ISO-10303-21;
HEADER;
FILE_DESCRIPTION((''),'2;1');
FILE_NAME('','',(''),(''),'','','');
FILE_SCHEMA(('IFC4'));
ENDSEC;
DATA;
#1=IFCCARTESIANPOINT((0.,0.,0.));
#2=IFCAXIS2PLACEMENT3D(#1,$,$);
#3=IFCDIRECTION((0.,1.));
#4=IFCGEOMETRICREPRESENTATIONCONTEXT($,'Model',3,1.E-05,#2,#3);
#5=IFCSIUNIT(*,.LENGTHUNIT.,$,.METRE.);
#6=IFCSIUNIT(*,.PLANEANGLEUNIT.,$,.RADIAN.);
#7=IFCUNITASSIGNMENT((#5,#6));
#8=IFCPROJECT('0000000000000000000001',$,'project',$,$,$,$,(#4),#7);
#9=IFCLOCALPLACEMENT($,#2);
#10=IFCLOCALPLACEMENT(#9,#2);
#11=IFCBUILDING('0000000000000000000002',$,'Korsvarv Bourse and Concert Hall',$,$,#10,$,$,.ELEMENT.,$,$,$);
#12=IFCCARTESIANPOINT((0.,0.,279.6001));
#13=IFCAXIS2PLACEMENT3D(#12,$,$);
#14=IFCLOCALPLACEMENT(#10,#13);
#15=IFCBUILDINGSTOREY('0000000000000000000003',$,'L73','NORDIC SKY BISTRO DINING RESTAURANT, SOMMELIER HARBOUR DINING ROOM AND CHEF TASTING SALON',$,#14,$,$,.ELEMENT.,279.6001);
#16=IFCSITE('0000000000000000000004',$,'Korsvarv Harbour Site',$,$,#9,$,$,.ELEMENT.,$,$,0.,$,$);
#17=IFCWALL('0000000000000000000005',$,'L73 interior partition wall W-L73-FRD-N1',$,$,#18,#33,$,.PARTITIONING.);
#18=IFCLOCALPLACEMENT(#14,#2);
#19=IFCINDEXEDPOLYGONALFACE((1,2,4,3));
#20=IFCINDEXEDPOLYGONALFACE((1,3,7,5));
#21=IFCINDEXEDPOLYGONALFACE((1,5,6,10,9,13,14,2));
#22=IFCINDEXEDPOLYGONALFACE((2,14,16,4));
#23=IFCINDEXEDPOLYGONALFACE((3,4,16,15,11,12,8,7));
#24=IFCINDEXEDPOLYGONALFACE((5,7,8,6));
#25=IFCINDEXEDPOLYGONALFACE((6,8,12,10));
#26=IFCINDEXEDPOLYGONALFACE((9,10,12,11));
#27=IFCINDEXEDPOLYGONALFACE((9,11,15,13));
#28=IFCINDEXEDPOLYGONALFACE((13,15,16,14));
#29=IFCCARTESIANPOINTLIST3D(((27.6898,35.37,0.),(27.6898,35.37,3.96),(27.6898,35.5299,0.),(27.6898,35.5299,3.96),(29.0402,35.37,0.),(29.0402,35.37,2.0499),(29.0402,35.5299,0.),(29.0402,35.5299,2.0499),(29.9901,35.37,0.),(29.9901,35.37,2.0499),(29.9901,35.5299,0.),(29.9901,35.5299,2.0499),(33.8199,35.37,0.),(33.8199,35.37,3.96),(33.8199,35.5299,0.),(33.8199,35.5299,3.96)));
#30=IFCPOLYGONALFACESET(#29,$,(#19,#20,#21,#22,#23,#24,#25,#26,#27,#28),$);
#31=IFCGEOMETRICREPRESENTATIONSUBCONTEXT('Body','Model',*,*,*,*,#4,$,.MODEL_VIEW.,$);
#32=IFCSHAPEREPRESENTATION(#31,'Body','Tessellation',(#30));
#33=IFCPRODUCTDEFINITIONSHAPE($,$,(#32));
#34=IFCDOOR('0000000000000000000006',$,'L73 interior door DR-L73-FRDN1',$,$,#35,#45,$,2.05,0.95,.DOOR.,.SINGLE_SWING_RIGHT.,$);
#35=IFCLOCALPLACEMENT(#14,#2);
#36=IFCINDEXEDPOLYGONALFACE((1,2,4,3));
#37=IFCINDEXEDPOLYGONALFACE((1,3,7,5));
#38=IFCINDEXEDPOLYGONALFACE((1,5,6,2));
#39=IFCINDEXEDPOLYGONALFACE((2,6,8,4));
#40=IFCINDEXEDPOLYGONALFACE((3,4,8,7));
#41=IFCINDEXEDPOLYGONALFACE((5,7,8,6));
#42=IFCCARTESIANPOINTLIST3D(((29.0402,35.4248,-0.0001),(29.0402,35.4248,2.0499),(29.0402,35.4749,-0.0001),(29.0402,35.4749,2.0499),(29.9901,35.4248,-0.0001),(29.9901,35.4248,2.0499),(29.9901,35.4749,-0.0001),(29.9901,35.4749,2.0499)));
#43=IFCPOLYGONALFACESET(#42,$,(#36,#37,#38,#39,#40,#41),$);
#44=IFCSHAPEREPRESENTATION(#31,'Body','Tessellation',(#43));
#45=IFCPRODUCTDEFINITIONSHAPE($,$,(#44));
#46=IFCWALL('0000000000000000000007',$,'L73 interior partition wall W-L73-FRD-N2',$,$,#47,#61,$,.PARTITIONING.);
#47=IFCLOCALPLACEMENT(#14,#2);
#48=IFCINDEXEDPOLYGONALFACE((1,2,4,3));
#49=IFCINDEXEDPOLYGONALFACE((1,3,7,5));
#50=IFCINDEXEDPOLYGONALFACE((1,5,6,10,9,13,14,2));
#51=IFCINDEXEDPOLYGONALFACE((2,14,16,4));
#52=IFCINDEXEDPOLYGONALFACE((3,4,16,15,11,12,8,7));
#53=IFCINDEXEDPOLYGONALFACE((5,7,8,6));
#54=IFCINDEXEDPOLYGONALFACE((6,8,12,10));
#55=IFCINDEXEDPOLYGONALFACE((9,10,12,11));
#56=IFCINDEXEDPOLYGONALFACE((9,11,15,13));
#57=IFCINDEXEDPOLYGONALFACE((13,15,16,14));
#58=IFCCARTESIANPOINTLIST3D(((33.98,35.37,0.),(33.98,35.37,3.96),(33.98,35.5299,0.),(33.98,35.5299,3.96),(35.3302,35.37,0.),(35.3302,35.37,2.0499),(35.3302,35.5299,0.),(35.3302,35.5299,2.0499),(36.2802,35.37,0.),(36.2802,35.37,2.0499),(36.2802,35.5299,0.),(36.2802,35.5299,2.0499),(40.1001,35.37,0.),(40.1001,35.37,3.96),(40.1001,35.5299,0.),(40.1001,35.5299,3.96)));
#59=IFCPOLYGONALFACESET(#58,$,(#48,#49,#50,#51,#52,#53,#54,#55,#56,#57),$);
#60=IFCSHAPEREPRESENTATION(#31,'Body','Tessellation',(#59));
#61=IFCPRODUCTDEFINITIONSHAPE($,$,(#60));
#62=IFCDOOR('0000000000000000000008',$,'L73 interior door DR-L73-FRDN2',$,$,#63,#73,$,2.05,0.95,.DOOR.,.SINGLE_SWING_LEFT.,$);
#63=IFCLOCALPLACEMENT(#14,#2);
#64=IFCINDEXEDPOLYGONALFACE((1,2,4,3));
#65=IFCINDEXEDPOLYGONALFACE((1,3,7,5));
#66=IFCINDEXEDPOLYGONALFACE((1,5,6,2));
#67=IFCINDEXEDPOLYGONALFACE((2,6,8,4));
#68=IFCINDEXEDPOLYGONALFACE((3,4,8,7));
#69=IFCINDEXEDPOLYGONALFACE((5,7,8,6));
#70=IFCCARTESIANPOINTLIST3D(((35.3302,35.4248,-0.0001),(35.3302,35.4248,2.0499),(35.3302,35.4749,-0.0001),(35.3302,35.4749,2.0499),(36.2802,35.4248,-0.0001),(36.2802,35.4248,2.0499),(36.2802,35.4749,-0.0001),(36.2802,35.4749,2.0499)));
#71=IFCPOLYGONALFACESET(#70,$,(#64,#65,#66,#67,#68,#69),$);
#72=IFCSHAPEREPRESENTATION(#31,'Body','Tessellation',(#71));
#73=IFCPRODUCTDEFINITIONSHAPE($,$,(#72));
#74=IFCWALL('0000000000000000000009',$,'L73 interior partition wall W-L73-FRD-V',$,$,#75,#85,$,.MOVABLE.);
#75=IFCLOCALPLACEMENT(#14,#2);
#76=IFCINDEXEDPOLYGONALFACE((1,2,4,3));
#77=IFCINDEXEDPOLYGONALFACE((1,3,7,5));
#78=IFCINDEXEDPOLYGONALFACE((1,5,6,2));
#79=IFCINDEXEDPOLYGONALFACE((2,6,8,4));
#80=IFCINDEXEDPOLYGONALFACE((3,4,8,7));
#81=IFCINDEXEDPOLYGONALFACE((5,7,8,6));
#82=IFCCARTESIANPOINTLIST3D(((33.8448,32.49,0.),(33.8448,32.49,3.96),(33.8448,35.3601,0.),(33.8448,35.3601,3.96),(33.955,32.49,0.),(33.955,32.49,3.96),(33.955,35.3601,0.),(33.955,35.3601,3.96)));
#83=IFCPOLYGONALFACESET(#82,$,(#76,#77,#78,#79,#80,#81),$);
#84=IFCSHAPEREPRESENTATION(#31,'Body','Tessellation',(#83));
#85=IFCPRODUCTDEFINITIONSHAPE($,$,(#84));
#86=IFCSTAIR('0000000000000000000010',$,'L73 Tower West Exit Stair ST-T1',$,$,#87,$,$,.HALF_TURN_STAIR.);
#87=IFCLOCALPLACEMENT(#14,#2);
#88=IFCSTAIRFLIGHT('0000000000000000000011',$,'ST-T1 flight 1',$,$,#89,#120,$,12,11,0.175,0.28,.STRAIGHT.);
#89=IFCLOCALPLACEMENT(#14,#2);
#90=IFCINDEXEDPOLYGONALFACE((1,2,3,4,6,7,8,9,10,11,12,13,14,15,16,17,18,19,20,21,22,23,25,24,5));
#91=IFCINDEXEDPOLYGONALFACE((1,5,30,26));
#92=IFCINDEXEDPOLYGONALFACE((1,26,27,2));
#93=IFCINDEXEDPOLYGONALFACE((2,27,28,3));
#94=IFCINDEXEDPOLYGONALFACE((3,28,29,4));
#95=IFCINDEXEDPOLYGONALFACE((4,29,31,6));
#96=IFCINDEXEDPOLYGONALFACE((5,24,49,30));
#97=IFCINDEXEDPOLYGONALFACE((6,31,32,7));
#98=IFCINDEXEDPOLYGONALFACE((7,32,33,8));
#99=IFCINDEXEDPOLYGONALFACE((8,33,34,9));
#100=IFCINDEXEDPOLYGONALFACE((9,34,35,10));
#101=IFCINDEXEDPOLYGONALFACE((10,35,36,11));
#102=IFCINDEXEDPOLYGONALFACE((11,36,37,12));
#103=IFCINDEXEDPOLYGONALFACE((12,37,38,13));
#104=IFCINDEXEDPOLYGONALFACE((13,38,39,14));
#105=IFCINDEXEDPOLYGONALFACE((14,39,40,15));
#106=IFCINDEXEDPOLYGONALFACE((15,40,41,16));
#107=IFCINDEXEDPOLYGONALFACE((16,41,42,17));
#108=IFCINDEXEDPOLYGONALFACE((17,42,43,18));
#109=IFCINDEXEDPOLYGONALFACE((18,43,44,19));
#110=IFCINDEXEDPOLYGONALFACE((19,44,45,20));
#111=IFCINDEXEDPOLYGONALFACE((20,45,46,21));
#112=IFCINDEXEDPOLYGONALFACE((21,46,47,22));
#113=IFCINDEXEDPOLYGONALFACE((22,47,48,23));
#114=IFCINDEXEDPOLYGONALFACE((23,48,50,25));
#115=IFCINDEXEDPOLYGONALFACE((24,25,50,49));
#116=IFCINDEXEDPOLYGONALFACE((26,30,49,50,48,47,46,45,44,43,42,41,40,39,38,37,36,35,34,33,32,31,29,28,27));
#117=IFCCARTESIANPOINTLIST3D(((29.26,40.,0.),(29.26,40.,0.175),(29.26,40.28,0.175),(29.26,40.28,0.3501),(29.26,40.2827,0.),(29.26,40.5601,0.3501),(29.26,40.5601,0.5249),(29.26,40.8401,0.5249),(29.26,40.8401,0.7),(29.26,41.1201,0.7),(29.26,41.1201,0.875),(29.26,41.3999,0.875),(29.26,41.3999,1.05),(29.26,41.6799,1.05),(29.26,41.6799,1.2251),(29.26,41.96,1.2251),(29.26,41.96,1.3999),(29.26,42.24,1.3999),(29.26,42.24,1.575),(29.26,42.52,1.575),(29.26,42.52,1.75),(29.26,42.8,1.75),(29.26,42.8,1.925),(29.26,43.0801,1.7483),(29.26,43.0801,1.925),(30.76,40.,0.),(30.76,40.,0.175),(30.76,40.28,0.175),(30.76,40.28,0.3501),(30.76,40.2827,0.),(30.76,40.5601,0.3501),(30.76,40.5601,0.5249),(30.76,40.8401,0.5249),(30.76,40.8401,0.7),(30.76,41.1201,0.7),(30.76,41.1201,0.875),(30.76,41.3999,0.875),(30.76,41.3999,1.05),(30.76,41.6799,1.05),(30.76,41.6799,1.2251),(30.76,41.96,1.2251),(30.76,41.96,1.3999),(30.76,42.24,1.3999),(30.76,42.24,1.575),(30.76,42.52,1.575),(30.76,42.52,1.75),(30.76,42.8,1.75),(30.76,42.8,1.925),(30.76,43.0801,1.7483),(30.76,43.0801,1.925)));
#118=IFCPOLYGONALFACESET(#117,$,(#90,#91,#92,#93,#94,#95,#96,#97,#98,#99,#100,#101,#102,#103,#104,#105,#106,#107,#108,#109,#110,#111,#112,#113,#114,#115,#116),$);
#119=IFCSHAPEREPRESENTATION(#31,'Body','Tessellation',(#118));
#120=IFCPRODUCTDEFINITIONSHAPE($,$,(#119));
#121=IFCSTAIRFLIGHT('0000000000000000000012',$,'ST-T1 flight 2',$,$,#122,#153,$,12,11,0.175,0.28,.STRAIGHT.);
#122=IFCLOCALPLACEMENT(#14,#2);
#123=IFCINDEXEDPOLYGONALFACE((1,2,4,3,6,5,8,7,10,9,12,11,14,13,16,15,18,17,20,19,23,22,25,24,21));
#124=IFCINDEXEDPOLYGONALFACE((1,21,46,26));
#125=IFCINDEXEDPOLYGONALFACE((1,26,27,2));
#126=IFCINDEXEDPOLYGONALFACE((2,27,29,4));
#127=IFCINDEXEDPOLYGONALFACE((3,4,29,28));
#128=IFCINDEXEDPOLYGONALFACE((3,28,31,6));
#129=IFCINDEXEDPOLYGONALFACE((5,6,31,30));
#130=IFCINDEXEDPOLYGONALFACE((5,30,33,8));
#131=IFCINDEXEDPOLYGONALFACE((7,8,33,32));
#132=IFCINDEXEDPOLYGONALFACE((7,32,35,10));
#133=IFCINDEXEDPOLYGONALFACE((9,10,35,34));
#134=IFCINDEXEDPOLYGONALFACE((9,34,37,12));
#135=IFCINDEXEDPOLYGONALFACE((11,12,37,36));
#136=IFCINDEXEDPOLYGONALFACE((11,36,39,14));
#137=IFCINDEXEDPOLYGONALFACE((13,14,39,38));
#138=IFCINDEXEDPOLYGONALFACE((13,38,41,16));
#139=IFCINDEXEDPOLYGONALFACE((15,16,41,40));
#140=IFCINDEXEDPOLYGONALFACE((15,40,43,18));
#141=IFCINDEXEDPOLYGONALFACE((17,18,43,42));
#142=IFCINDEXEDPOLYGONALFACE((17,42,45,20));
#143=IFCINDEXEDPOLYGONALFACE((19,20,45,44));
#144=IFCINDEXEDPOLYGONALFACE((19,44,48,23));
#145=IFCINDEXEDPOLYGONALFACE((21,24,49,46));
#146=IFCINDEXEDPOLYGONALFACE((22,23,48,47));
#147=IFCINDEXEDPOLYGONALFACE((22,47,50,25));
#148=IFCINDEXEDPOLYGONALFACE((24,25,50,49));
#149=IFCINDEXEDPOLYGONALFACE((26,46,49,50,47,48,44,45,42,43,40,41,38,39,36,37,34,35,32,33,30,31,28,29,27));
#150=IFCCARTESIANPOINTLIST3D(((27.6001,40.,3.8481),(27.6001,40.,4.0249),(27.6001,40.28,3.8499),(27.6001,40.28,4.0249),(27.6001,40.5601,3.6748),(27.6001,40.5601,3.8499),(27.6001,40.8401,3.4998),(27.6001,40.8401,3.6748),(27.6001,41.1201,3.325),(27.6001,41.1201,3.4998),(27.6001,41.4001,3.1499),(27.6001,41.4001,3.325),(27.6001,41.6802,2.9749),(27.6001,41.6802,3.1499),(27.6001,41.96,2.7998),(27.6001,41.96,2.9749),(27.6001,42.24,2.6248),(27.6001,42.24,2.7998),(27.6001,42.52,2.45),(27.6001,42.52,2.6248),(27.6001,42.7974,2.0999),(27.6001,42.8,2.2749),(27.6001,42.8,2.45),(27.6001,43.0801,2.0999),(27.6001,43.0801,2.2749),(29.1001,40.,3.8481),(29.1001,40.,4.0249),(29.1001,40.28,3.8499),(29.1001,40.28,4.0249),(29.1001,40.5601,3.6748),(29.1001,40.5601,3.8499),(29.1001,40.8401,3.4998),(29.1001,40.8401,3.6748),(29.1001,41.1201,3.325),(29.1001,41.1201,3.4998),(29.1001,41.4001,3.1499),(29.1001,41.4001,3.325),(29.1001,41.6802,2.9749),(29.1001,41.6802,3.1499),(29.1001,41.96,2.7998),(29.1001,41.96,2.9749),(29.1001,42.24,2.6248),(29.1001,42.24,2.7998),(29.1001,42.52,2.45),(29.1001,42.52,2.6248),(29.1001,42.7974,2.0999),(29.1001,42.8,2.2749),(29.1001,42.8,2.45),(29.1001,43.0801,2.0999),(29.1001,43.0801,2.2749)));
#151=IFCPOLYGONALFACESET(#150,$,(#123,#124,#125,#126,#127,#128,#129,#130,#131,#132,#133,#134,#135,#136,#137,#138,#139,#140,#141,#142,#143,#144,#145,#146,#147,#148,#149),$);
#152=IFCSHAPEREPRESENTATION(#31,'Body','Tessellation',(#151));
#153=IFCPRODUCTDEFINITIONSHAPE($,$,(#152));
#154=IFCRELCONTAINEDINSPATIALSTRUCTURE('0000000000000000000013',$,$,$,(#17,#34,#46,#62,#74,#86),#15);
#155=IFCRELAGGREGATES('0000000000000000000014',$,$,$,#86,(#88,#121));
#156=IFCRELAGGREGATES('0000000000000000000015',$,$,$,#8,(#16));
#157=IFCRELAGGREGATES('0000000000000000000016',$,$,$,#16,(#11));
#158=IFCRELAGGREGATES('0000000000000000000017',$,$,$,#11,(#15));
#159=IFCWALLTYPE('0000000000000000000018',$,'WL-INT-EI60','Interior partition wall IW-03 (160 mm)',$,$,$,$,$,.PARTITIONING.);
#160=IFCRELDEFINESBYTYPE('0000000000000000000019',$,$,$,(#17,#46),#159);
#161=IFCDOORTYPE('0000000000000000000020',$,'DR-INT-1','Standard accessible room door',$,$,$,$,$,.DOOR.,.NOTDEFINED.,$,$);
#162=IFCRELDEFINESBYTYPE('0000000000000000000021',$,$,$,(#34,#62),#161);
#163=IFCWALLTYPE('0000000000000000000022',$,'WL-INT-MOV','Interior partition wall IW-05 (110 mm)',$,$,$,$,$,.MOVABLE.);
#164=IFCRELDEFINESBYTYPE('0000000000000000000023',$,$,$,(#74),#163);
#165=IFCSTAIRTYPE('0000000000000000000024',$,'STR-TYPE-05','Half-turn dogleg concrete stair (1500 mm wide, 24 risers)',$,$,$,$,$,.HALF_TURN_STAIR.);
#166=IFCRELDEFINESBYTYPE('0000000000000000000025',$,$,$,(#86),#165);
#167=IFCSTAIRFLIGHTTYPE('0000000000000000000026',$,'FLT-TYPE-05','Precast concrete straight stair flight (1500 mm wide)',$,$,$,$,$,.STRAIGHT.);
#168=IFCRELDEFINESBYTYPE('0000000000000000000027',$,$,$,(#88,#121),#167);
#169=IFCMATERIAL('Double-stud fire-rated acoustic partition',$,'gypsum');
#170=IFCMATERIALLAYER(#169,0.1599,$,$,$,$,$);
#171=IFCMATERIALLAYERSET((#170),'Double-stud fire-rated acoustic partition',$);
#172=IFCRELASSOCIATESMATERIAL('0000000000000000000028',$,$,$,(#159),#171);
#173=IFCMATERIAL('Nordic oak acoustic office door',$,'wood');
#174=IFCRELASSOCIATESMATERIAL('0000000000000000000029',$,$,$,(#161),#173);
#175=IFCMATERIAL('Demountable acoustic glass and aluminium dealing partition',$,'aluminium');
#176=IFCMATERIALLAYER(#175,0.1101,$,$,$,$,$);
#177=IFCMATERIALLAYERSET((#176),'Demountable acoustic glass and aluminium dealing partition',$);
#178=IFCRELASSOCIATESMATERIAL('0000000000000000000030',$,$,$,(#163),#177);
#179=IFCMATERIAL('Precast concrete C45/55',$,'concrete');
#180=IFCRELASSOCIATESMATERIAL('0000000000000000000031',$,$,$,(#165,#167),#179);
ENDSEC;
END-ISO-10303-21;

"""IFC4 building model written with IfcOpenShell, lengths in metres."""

from ifc_helpers import new_model, si_unit, direction, frame, frame_2d, origin, place, context, subcontext, project, spatial, polyline, rectangle, outline, extrude, material, layer, layer_set, type_object, element, fill, aggregate, save


model = new_model("IFC4")

# Units and contexts
model_context = context("Model", 3, precision=1e-05, world=origin(), true_north=direction((0.0, 1.0)))
body_context = subcontext(model_context, "Body", "Model", "MODEL_VIEW")
ifc_project = project(units=[si_unit("LENGTHUNIT", "METRE"), si_unit("PLANEANGLEUNIT", "RADIAN")], contexts=[model_context])

# Site, building, storey
site_placement = place(None, origin())
site = spatial("IfcSite", under=ifc_project, at=site_placement, Name="Korsvarv Harbour Site", CompositionType="ELEMENT", RefElevation=0.0)
building_placement = place(site_placement, origin())
building = spatial("IfcBuilding", under=site, at=building_placement, Name="Korsvarv Bourse and Concert Hall", CompositionType="ELEMENT")
storey_placement = place(building_placement, frame((0.0, 0.0, 279.6001)))
storey = spatial("IfcBuildingStorey", under=building, at=storey_placement, Name="L73", Description="NORDIC SKY BISTRO DINING RESTAURANT, SOMMELIER HARBOUR DINING ROOM AND CHEF TASTING SALON", CompositionType="ELEMENT", Elevation=279.6001)

# Shared definitions
ifc_material_1 = material(Name="Double-stud fire-rated acoustic partition", Category="gypsum")
ifc_layer_1 = layer(ifc_material_1, 0.1599)
ifc_layer_set_1 = layer_set([ifc_layer_1], Name="Double-stud fire-rated acoustic partition")
wall_type_1 = type_object("IfcWallType", Name="WL-INT-EI60", Description="Interior partition wall IW-03 (160 mm)", PredefinedType="PARTITIONING", material=ifc_layer_set_1)

# Walls, openings, doors
wall_1_placement = place(storey_placement, frame((27.6899, 35.45, 0.0), z_axis=(0.0, 0.0, 1.0), x_axis=(1.0, 0.0, 0.0)))
wall_1 = element("IfcWall", 1, at=wall_1_placement, inside=storey, type_object=wall_type_1, Name="L73 interior partition wall W-L73-FRD-N1", PredefinedType="PARTITIONING", context=body_context, shape_type="SweptSolid", body=[
    extrude(rectangle(XDim=6.1301, YDim=0.1599, at=frame_2d((3.0649, 0.0))), origin(), (0.0, 0.0, 1.0), 3.96),
])
opening_1_placement = place(wall_1_placement, frame((1.3501, 0.0, 0.0)))
opening_1 = element("IfcOpeningElement", 2, at=opening_1_placement, cuts=wall_1, PredefinedType="OPENING", context=body_context, shape_type="SweptSolid", body=[
    extrude(rectangle(XDim=0.95, YDim=2.05, at=frame_2d((0.4751, 1.0249))), frame((0.0, 0.0898, 0.0), z_axis=(0.0, -1.0, 0.0), x_axis=(1.0, 0.0, 0.0)), (0.0, 0.0, 1.0), 0.1799),
])
ifc_material_2 = material(Name="Nordic oak acoustic office door", Category="wood")
door_type_1 = type_object("IfcDoorType", Name="DR-INT-1", Description="Standard accessible room door", OperationType="NOTDEFINED", PredefinedType="DOOR", material=ifc_material_2)
door_1_placement = place(opening_1_placement, origin())
door_1 = element("IfcDoor", 3, at=door_1_placement, inside=storey, type_object=door_type_1, Name="L73 interior door DR-L73-FRDN1", OperationType="SINGLE_SWING_RIGHT", OverallHeight=2.05, OverallWidth=0.95, PredefinedType="DOOR", context=body_context, shape_type="SweptSolid", body=[
    extrude(rectangle(XDim=0.95, YDim=2.05, at=frame_2d((0.4751, 1.0249))), frame((0.0, 0.0249, 0.0), z_axis=(0.0, -1.0, 0.0), x_axis=(1.0, 0.0, 0.0)), (0.0, 0.0, 1.0), 0.05),
])
fill(opening_1, door_1)
wall_2_placement = place(storey_placement, frame((33.98, 35.45, 0.0), z_axis=(0.0, 0.0, 1.0), x_axis=(1.0, 0.0, 0.0)))
wall_2 = element("IfcWall", 4, at=wall_2_placement, inside=storey, type_object=wall_type_1, Name="L73 interior partition wall W-L73-FRD-N2", PredefinedType="PARTITIONING", context=body_context, shape_type="SweptSolid", body=[
    extrude(rectangle(XDim=6.1201, YDim=0.1599, at=frame_2d((3.0601, 0.0))), origin(), (0.0, 0.0, 1.0), 3.96),
])
opening_2_placement = place(wall_2_placement, frame((1.3501, 0.0, 0.0)))
opening_2 = element("IfcOpeningElement", 5, at=opening_2_placement, cuts=wall_2, PredefinedType="OPENING", context=body_context, shape_type="SweptSolid", body=[
    extrude(rectangle(XDim=0.95, YDim=2.05, at=frame_2d((0.4751, 1.0249))), frame((0.0, 0.0898, 0.0), z_axis=(0.0, -1.0, 0.0), x_axis=(1.0, 0.0, 0.0)), (0.0, 0.0, 1.0), 0.1799),
])
door_2_placement = place(opening_2_placement, origin())
door_2 = element("IfcDoor", 6, at=door_2_placement, inside=storey, type_object=door_type_1, Name="L73 interior door DR-L73-FRDN2", OperationType="SINGLE_SWING_LEFT", OverallHeight=2.05, OverallWidth=0.95, PredefinedType="DOOR", context=body_context, shape_type="SweptSolid", body=[
    extrude(rectangle(XDim=0.95, YDim=2.05, at=frame_2d((0.4751, 1.0249))), frame((0.0, 0.0249, 0.0), z_axis=(0.0, -1.0, 0.0), x_axis=(1.0, 0.0, 0.0)), (0.0, 0.0, 1.0), 0.05),
])
fill(opening_2, door_2)

# Wall
ifc_material_3 = material(Name="Demountable acoustic glass and aluminium dealing partition", Category="aluminium")
ifc_layer_2 = layer(ifc_material_3, 0.1101)
ifc_layer_set_2 = layer_set([ifc_layer_2], Name="Demountable acoustic glass and aluminium dealing partition")
wall_type_2 = type_object("IfcWallType", Name="WL-INT-MOV", Description="Interior partition wall IW-05 (110 mm)", PredefinedType="MOVABLE", material=ifc_layer_set_2)
wall_3_placement = place(storey_placement, frame((33.8999, 32.49, 0.0), z_axis=(0.0, 0.0, 1.0), x_axis=(0.0, 1.0, 0.0)))
element("IfcWall", 7, at=wall_3_placement, inside=storey, type_object=wall_type_2, Name="L73 interior partition wall W-L73-FRD-V", PredefinedType="MOVABLE", context=body_context, shape_type="SweptSolid", body=[
    extrude(rectangle(XDim=2.8701, YDim=0.1101, at=frame_2d((1.4351, 0.0))), origin(), (0.0, 0.0, 1.0), 3.96),
])

# Stair, stair flights
ifc_material_4 = material(Name="Precast concrete C45/55", Category="concrete")
stair_type = type_object("IfcStairType", Name="STR-TYPE-05", Description="Half-turn dogleg concrete stair (1500 mm wide, 24 risers)", PredefinedType="HALF_TURN_STAIR", material=ifc_material_4)
stair_placement = place(storey_placement, origin())
stair = element("IfcStair", 8, at=stair_placement, inside=storey, type_object=stair_type, Name="L73 Tower West Exit Stair ST-T1", PredefinedType="HALF_TURN_STAIR")
stair_flight_type = type_object("IfcStairFlightType", Name="FLT-TYPE-05", Description="Precast concrete straight stair flight (1500 mm wide)", PredefinedType="STRAIGHT", material=ifc_material_4)
stair_flight_1_placement = place(storey_placement, frame((30.01, 40.0, 0.0), z_axis=(0.0, 0.0, 1.0), x_axis=(0.0, 1.0, 0.0)))
stair_flight_1 = element("IfcStairFlight", 9, at=stair_flight_1_placement, type_object=stair_flight_type, Name="ST-T1 flight 1", NumberOfRisers=12, NumberOfTreads=11, PredefinedType="STRAIGHT", RiserHeight=0.175, TreadLength=0.28, context=body_context, shape_type="SweptSolid", body=[
    extrude(outline(polyline([(0.0, 0.0), (0.0, 0.175), (0.28, 0.175), (0.28, 0.3501), (0.5601, 0.3501), (0.5601, 0.5249), (0.8401, 0.5249), (0.8401, 0.7), (1.1201, 0.7), (1.1201, 0.875), (1.3999, 0.875), (1.3999, 1.05), (1.6799, 1.05), (1.6799, 1.2251), (1.96, 1.2251), (1.96, 1.3999), (2.24, 1.3999), (2.24, 1.575), (2.52, 1.575), (2.52, 1.75), (2.8, 1.75), (2.8, 1.925), (3.0801, 1.925), (3.0801, 2.1001), (3.0801, 1.7483), (0.2827, 0.0), (0.0, 0.0)])), frame((0.0, 0.75, 0.0), z_axis=(0.0, -1.0, 0.0), x_axis=(1.0, 0.0, 0.0)), (0.0, 0.0, 1.0), 1.5),
])
stair_flight_2_placement = place(storey_placement, frame((28.3501, 43.0801, 2.0999), z_axis=(0.0, 0.0, 1.0), x_axis=(0.0, -1.0, 0.0)))
stair_flight_2 = element("IfcStairFlight", 10, at=stair_flight_2_placement, type_object=stair_flight_type, Name="ST-T1 flight 2", NumberOfRisers=12, NumberOfTreads=11, PredefinedType="STRAIGHT", RiserHeight=0.175, TreadLength=0.28, context=body_context, shape_type="SweptSolid", body=[
    extrude(outline(polyline([(0.0, 0.0), (0.0, 0.175), (0.28, 0.175), (0.28, 0.3501), (0.5601, 0.3501), (0.5601, 0.5249), (0.8401, 0.5249), (0.8401, 0.7), (1.1201, 0.7), (1.1201, 0.875), (1.3999, 0.875), (1.3999, 1.05), (1.6799, 1.05), (1.6799, 1.2251), (1.96, 1.2251), (1.96, 1.3999), (2.24, 1.3999), (2.24, 1.575), (2.52, 1.575), (2.52, 1.75), (2.8, 1.75), (2.8, 1.925), (3.0801, 1.925), (3.0801, 2.1001), (3.0801, 1.7483), (0.2827, 0.0), (0.0, 0.0)])), frame((0.0, 0.75, 0.0), z_axis=(0.0, -1.0, 0.0), x_axis=(1.0, 0.0, 0.0)), (0.0, 0.0, 1.0), 1.5),
])
aggregate(stair, [stair_flight_1, stair_flight_2])

save(model, "model.ifc")
